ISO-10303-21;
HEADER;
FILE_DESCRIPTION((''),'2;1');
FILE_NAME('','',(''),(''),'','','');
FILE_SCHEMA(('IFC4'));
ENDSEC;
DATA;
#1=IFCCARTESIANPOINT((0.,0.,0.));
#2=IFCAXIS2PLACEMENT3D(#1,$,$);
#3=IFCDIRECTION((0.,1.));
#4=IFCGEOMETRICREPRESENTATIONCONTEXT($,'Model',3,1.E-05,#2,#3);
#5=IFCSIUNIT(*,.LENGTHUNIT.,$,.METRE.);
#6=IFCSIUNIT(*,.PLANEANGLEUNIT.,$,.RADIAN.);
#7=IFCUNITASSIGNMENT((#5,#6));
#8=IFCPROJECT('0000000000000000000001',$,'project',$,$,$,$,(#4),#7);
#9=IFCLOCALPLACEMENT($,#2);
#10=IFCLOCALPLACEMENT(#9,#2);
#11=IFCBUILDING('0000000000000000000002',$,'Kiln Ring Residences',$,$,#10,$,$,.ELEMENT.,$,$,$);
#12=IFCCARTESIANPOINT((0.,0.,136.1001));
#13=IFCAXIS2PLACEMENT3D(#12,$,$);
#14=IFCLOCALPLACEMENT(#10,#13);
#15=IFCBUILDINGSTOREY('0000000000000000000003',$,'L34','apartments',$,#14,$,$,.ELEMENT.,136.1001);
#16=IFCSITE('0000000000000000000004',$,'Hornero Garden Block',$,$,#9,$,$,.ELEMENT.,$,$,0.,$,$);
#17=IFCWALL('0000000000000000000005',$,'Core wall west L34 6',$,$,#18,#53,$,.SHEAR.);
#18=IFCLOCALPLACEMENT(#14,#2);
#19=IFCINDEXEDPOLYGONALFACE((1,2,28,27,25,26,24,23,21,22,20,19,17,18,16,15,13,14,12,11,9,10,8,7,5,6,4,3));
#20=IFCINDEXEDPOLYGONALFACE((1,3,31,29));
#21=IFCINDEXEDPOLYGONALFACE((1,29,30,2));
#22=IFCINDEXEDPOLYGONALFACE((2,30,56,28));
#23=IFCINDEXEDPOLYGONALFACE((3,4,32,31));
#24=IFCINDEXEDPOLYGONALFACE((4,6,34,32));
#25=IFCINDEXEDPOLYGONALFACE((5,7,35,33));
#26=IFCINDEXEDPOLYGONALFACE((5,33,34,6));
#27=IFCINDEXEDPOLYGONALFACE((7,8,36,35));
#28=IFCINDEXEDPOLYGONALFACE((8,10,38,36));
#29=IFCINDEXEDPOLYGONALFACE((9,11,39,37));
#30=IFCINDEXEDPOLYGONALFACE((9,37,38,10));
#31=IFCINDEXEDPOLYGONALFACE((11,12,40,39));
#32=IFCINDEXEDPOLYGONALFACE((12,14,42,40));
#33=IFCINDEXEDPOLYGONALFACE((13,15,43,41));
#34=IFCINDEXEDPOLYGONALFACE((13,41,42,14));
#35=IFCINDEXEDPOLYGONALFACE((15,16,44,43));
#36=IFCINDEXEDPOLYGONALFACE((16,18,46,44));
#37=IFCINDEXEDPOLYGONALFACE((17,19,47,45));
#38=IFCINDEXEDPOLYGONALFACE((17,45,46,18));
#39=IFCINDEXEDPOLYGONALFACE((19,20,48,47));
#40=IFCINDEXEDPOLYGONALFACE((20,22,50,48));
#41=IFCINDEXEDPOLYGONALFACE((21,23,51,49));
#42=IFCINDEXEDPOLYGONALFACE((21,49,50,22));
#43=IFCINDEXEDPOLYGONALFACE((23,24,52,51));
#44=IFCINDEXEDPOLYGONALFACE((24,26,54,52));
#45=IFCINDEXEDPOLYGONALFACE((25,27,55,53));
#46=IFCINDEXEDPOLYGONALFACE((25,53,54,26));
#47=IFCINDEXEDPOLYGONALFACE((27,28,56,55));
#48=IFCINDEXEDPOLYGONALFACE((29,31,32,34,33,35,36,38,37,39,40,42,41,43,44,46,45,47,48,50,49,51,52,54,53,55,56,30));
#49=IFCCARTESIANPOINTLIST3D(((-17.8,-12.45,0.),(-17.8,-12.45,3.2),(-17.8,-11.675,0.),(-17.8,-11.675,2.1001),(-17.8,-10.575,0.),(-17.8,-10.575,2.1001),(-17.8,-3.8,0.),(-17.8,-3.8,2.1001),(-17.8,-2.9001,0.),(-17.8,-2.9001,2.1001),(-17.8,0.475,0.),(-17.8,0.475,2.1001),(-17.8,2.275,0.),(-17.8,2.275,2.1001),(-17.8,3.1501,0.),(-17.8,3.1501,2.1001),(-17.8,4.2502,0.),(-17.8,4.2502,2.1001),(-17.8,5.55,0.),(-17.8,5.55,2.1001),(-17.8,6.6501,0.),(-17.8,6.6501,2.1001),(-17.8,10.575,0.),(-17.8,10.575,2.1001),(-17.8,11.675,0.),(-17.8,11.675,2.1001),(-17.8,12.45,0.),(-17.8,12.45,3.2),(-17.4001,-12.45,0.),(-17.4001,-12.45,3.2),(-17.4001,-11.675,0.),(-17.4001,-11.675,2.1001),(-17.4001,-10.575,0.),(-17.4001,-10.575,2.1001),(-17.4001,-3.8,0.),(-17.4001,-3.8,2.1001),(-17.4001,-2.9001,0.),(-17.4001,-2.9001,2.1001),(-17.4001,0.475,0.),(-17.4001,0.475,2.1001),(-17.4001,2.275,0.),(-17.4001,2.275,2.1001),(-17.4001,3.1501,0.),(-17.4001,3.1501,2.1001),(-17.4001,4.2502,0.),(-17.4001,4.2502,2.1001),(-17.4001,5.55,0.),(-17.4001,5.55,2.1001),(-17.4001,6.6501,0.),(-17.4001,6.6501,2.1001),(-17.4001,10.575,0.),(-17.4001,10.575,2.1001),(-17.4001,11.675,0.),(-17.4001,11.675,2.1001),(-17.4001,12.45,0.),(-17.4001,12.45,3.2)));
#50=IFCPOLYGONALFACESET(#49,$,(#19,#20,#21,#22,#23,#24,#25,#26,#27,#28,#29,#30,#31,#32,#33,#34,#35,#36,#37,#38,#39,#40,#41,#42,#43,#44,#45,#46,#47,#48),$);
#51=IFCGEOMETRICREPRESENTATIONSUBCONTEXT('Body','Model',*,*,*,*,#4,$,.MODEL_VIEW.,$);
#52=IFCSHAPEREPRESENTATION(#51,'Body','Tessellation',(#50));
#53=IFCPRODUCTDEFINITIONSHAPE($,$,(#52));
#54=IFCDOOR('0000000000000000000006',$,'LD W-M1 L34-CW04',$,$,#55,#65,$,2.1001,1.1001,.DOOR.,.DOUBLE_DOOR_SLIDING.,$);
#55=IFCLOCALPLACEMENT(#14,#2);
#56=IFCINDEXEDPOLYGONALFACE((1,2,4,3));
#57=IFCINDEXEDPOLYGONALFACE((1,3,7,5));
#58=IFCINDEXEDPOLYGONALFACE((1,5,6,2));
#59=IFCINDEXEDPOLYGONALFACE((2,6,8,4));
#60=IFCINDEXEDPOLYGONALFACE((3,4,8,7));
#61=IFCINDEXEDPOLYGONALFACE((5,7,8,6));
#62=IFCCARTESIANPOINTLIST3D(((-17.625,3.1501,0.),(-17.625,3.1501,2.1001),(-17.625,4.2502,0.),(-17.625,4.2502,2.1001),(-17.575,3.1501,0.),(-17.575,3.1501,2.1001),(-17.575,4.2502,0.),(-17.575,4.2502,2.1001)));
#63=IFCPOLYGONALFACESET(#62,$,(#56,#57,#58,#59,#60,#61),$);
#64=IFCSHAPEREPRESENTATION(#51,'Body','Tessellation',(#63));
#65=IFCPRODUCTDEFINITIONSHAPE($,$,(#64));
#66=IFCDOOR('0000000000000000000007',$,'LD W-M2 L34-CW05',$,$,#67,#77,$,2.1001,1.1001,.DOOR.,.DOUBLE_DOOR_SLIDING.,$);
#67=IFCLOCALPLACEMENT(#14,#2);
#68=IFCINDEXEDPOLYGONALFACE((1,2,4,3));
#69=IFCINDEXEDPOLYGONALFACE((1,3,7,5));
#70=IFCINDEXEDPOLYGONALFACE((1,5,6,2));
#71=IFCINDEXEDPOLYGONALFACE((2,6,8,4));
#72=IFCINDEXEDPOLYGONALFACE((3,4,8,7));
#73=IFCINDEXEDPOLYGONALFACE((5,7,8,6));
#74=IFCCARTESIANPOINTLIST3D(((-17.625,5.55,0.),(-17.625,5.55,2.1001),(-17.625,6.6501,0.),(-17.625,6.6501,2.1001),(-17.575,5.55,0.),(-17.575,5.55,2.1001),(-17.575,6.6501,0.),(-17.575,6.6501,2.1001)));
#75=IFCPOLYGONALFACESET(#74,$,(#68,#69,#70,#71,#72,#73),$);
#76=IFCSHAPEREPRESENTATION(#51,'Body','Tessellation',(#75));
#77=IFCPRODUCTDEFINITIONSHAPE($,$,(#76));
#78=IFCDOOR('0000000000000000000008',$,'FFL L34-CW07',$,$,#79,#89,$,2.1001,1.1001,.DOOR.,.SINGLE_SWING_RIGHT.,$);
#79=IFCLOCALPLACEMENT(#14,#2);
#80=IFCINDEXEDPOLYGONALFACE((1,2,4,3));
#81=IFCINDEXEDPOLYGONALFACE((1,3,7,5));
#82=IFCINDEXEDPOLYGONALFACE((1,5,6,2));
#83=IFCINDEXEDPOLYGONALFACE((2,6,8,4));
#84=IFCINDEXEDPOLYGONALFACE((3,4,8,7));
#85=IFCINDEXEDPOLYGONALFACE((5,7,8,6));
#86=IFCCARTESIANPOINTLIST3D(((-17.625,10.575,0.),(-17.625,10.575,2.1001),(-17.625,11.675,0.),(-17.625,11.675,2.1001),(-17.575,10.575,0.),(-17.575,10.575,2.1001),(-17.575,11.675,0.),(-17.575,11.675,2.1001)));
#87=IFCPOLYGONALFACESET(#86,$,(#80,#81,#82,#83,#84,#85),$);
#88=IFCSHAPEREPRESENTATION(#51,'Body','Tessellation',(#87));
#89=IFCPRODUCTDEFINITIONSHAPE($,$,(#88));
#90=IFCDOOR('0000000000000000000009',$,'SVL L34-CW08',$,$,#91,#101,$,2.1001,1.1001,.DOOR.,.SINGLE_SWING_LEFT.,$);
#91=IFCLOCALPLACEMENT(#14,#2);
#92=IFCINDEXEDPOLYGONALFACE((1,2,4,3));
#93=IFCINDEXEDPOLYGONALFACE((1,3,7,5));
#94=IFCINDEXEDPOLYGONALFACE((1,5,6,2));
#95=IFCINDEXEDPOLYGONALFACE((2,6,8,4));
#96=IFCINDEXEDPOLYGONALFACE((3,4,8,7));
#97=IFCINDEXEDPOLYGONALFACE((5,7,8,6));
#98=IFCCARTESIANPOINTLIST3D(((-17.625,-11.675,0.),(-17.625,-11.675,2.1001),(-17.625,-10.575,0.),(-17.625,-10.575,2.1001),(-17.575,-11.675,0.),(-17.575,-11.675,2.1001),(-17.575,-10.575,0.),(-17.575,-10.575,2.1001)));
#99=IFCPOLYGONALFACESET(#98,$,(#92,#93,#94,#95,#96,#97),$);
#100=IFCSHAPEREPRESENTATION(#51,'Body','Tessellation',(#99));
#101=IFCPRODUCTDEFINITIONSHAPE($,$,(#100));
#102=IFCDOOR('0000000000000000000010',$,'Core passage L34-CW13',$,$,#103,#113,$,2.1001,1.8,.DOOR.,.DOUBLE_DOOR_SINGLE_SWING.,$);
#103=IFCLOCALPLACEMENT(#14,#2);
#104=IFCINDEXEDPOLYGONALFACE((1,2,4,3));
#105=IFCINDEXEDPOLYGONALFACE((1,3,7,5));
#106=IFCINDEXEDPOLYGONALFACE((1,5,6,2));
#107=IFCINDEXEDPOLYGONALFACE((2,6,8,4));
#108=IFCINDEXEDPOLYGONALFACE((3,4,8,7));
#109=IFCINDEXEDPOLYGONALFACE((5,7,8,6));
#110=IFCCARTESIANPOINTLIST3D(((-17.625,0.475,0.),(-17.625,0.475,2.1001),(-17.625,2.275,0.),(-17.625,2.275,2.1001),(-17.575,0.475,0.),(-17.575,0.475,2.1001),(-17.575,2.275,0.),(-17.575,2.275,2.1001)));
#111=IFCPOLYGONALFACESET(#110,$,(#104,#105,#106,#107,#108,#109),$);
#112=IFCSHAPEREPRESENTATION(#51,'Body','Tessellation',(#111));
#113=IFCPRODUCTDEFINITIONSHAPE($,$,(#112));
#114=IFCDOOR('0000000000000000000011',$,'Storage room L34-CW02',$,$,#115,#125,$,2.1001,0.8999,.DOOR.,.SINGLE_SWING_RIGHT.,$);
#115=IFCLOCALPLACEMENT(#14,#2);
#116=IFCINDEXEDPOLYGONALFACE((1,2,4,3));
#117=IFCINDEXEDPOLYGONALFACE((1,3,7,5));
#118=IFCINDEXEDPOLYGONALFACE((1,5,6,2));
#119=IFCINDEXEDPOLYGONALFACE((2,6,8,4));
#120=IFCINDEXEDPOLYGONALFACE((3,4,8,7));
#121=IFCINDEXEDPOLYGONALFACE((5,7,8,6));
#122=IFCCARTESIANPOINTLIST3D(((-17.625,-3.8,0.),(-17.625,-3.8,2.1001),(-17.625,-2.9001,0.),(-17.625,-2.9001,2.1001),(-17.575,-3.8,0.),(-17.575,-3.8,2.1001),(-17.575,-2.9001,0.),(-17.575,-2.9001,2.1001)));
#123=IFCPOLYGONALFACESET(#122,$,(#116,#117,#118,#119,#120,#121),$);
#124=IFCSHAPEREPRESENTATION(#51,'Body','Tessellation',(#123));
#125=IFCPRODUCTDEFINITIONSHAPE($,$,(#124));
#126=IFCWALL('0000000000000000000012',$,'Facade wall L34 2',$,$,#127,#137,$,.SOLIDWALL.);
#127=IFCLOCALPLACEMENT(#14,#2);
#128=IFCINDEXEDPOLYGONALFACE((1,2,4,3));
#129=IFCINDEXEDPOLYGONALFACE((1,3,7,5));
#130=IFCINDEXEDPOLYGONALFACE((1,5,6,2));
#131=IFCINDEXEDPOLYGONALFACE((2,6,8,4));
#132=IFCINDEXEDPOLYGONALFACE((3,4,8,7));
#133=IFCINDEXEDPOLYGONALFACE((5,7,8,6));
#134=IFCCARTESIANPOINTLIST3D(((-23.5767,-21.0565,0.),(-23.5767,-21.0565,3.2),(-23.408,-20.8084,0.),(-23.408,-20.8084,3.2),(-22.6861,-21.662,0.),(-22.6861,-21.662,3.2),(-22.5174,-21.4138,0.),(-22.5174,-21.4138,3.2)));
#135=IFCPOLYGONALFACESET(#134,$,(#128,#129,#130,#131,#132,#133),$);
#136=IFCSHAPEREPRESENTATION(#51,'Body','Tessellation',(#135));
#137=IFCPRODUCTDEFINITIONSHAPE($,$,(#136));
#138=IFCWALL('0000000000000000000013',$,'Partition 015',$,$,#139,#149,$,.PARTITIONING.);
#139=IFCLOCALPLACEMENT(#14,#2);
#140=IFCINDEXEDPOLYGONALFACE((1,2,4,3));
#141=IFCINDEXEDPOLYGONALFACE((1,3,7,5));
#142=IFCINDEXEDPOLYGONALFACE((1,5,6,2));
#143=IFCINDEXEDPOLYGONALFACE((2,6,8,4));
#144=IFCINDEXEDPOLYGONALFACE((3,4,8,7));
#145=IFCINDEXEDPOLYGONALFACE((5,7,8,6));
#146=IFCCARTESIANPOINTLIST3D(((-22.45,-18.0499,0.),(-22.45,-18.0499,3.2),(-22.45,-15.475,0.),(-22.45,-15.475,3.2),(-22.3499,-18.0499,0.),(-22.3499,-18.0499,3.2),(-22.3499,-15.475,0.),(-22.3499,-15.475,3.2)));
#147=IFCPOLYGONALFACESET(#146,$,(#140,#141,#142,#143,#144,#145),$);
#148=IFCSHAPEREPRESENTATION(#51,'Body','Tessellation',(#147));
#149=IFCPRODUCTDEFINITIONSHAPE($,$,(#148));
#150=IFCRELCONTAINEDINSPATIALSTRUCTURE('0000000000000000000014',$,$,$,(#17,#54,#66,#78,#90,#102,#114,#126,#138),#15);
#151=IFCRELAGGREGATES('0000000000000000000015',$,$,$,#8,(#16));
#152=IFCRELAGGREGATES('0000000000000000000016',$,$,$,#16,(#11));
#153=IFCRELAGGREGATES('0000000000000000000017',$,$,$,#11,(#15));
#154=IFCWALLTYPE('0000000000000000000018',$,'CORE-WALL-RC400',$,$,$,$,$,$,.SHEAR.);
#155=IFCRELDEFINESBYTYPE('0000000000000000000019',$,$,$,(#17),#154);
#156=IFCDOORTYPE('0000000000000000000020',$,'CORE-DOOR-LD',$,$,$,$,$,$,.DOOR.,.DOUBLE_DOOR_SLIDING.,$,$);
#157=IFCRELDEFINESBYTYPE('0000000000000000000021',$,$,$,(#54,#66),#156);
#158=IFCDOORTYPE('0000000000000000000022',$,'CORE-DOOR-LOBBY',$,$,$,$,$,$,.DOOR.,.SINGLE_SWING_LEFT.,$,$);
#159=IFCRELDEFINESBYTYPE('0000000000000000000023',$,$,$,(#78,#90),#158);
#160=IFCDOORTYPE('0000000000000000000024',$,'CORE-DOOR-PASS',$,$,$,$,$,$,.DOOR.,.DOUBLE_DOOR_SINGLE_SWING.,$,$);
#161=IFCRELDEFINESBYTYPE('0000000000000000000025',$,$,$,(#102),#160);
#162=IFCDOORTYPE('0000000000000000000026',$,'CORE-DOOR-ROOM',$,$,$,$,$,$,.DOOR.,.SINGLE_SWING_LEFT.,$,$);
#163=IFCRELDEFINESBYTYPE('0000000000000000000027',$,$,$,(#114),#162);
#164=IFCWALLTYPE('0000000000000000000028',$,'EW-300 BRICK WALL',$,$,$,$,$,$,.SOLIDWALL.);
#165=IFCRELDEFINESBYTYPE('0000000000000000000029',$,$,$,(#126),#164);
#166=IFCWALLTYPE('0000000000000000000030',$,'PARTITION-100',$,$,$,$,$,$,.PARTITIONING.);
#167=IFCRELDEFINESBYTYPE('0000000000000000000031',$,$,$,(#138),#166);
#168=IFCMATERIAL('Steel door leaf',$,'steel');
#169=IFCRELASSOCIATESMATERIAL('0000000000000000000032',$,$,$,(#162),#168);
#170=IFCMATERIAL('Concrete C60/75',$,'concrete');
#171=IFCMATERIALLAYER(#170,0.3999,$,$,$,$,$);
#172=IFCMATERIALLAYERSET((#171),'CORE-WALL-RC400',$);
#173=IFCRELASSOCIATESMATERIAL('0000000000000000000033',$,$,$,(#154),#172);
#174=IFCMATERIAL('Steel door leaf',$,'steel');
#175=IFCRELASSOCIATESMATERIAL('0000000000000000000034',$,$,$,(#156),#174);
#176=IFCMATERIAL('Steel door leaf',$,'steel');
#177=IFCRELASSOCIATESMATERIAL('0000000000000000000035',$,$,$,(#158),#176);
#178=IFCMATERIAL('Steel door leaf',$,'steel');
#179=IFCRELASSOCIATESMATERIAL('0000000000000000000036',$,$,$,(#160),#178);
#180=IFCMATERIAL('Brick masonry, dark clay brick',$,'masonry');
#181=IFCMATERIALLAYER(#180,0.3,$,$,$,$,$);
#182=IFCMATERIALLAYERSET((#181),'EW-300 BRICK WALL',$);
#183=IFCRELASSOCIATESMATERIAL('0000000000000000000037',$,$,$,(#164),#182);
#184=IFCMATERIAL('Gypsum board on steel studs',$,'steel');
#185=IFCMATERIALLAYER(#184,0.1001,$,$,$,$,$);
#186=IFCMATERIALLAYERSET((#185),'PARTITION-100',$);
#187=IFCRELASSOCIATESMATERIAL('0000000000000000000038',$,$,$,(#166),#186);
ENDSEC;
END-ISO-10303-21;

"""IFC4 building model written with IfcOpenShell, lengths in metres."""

from ifc_helpers import new_model, si_unit, direction, frame, frame_2d, origin, place, context, subcontext, project, spatial, rectangle, extrude, material, layer, layer_set, type_object, element, fill, save


model = new_model("IFC4")

# Units and contexts
model_context = context("Model", 3, precision=1e-05, world=origin(), true_north=direction((0.0, 1.0)))
body_context = subcontext(model_context, "Body", "Model", "MODEL_VIEW")
ifc_project = project(units=[si_unit("LENGTHUNIT", "METRE"), si_unit("PLANEANGLEUNIT", "RADIAN")], contexts=[model_context])

# Site, building, storey
site_placement = place(None, origin())
site = spatial("IfcSite", under=ifc_project, at=site_placement, Name="Hornero Garden Block", CompositionType="ELEMENT", RefElevation=0.0)
building_placement = place(site_placement, origin())
building = spatial("IfcBuilding", under=site, at=building_placement, Name="Kiln Ring Residences", CompositionType="ELEMENT")
storey_placement = place(building_placement, frame((0.0, 0.0, 136.1001)))
storey = spatial("IfcBuildingStorey", under=building, at=storey_placement, Name="L34", Description="apartments", CompositionType="ELEMENT", Elevation=136.1001)

# Shared definitions
ifc_material_1 = material(Name="Steel door leaf", Category="steel")
door_type_1 = type_object("IfcDoorType", Name="CORE-DOOR-ROOM", OperationType="SINGLE_SWING_LEFT", PredefinedType="DOOR", material=ifc_material_1)

# Wall, openings, doors
ifc_material_2 = material(Name="Concrete C60/75", Category="concrete")
ifc_layer_1 = layer(ifc_material_2, 0.3999)
ifc_layer_set_1 = layer_set([ifc_layer_1], Name="CORE-WALL-RC400")
wall_type_1 = type_object("IfcWallType", Name="CORE-WALL-RC400", PredefinedType="SHEAR", material=ifc_layer_set_1)
wall_1_placement = place(storey_placement, frame((-17.6001, -12.45, 0.0), z_axis=(0.0, 0.0, 1.0), x_axis=(0.0, 1.0, 0.0)))
wall_1 = element("IfcWall", 1, at=wall_1_placement, inside=storey, type_object=wall_type_1, Name="Core wall west L34 6", PredefinedType="SHEAR", context=body_context, shape_type="SweptSolid", body=[
    extrude(rectangle(XDim=24.8999, YDim=0.3999, at=frame_2d((12.45, 0.0))), origin(), (0.0, 0.0, 1.0), 3.2),
])
opening_1_placement = place(wall_1_placement, frame((8.6499, 0.0, 0.0)))
opening_1 = element("IfcOpeningElement", 2, at=opening_1_placement, cuts=wall_1, PredefinedType="OPENING", context=body_context, shape_type="SweptSolid", body=[
    extrude(rectangle(XDim=0.8999, YDim=2.1001, at=frame_2d((0.45, 1.05))), frame((0.0, 0.21, 0.0), z_axis=(0.0, -1.0, 0.0), x_axis=(1.0, 0.0, 0.0)), (0.0, 0.0, 1.0), 0.4199),
])
opening_2_placement = place(wall_1_placement, frame((15.6001, 0.0, 0.0)))
opening_2 = element("IfcOpeningElement", 3, at=opening_2_placement, cuts=wall_1, PredefinedType="OPENING", context=body_context, shape_type="SweptSolid", body=[
    extrude(rectangle(XDim=1.1001, YDim=2.1001, at=frame_2d((0.55, 1.05))), frame((0.0, 0.21, 0.0), z_axis=(0.0, -1.0, 0.0), x_axis=(1.0, 0.0, 0.0)), (0.0, 0.0, 1.0), 0.4199),
])
opening_3_placement = place(wall_1_placement, frame((18.0, 0.0, 0.0)))
opening_3 = element("IfcOpeningElement", 4, at=opening_3_placement, cuts=wall_1, PredefinedType="OPENING", context=body_context, shape_type="SweptSolid", body=[
    extrude(rectangle(XDim=1.1001, YDim=2.1001, at=frame_2d((0.55, 1.05))), frame((0.0, 0.21, 0.0), z_axis=(0.0, -1.0, 0.0), x_axis=(1.0, 0.0, 0.0)), (0.0, 0.0, 1.0), 0.4199),
])
opening_4_placement = place(wall_1_placement, frame((23.0249, 0.0, 0.0)))
opening_4 = element("IfcOpeningElement", 5, at=opening_4_placement, cuts=wall_1, PredefinedType="OPENING", context=body_context, shape_type="SweptSolid", body=[
    extrude(rectangle(XDim=1.1001, YDim=2.1001, at=frame_2d((0.55, 1.05))), frame((0.0, 0.21, 0.0), z_axis=(0.0, -1.0, 0.0), x_axis=(1.0, 0.0, 0.0)), (0.0, 0.0, 1.0), 0.4199),
])
opening_5_placement = place(wall_1_placement, frame((0.7749, 0.0, 0.0)))
opening_5 = element("IfcOpeningElement", 6, at=opening_5_placement, cuts=wall_1, PredefinedType="OPENING", context=body_context, shape_type="SweptSolid", body=[
    extrude(rectangle(XDim=1.1001, YDim=2.1001, at=frame_2d((0.55, 1.05))), frame((0.0, 0.21, 0.0), z_axis=(0.0, -1.0, 0.0), x_axis=(1.0, 0.0, 0.0)), (0.0, 0.0, 1.0), 0.4199),
])
opening_6_placement = place(wall_1_placement, frame((12.925, 0.0, 0.0)))
opening_6 = element("IfcOpeningElement", 7, at=opening_6_placement, cuts=wall_1, PredefinedType="OPENING", context=body_context, shape_type="SweptSolid", body=[
    extrude(rectangle(XDim=1.8, YDim=2.1001, at=frame_2d((0.8999, 1.05))), frame((0.0, 0.21, 0.0), z_axis=(0.0, -1.0, 0.0), x_axis=(1.0, 0.0, 0.0)), (0.0, 0.0, 1.0), 0.4199),
])
ifc_material_3 = material(Name="Steel door leaf", Category="steel")
door_type_2 = type_object("IfcDoorType", Name="CORE-DOOR-LD", OperationType="DOUBLE_DOOR_SLIDING", PredefinedType="DOOR", material=ifc_material_3)
door_1_placement = place(opening_2_placement, origin())
door_1 = element("IfcDoor", 8, at=door_1_placement, inside=storey, type_object=door_type_2, Name="LD W-M1 L34-CW04", OperationType="DOUBLE_DOOR_SLIDING", OverallHeight=2.1001, OverallWidth=1.1001, PredefinedType="DOOR", context=body_context, shape_type="SweptSolid", body=[
    extrude(rectangle(XDim=1.1001, YDim=2.1001, at=frame_2d((0.55, 1.05))), frame((0.0, 0.0249, 0.0), z_axis=(0.0, -1.0, 0.0), x_axis=(1.0, 0.0, 0.0)), (0.0, 0.0, 1.0), 0.05),
])
fill(opening_2, door_1)
door_2_placement = place(opening_3_placement, origin())
door_2 = element("IfcDoor", 9, at=door_2_placement, inside=storey, type_object=door_type_2, Name="LD W-M2 L34-CW05", OperationType="DOUBLE_DOOR_SLIDING", OverallHeight=2.1001, OverallWidth=1.1001, PredefinedType="DOOR", context=body_context, shape_type="SweptSolid", body=[
    extrude(rectangle(XDim=1.1001, YDim=2.1001, at=frame_2d((0.55, 1.05))), frame((0.0, 0.0249, 0.0), z_axis=(0.0, -1.0, 0.0), x_axis=(1.0, 0.0, 0.0)), (0.0, 0.0, 1.0), 0.05),
])
fill(opening_3, door_2)
ifc_material_4 = material(Name="Steel door leaf", Category="steel")
door_type_3 = type_object("IfcDoorType", Name="CORE-DOOR-LOBBY", OperationType="SINGLE_SWING_LEFT", PredefinedType="DOOR", material=ifc_material_4)
door_3_placement = place(opening_4_placement, origin())
door_3 = element("IfcDoor", 10, at=door_3_placement, inside=storey, type_object=door_type_3, Name="FFL L34-CW07", OperationType="SINGLE_SWING_RIGHT", OverallHeight=2.1001, OverallWidth=1.1001, PredefinedType="DOOR", context=body_context, shape_type="SweptSolid", body=[
    extrude(rectangle(XDim=1.1001, YDim=2.1001, at=frame_2d((0.55, 1.05))), frame((0.0, 0.0249, 0.0), z_axis=(0.0, -1.0, 0.0), x_axis=(1.0, 0.0, 0.0)), (0.0, 0.0, 1.0), 0.05),
])
fill(opening_4, door_3)
door_4_placement = place(opening_5_placement, origin())
door_4 = element("IfcDoor", 11, at=door_4_placement, inside=storey, type_object=door_type_3, Name="SVL L34-CW08", OperationType="SINGLE_SWING_LEFT", OverallHeight=2.1001, OverallWidth=1.1001, PredefinedType="DOOR", context=body_context, shape_type="SweptSolid", body=[
    extrude(rectangle(XDim=1.1001, YDim=2.1001, at=frame_2d((0.55, 1.05))), frame((0.0, 0.0249, 0.0), z_axis=(0.0, -1.0, 0.0), x_axis=(1.0, 0.0, 0.0)), (0.0, 0.0, 1.0), 0.05),
])
fill(opening_5, door_4)
ifc_material_5 = material(Name="Steel door leaf", Category="steel")
door_type_4 = type_object("IfcDoorType", Name="CORE-DOOR-PASS", OperationType="DOUBLE_DOOR_SINGLE_SWING", PredefinedType="DOOR", material=ifc_material_5)
door_5_placement = place(opening_6_placement, origin())
door_5 = element("IfcDoor", 12, at=door_5_placement, inside=storey, type_object=door_type_4, Name="Core passage L34-CW13", OperationType="DOUBLE_DOOR_SINGLE_SWING", OverallHeight=2.1001, OverallWidth=1.8, PredefinedType="DOOR", context=body_context, shape_type="SweptSolid", body=[
    extrude(rectangle(XDim=1.8, YDim=2.1001, at=frame_2d((0.8999, 1.05))), frame((0.0, 0.0249, 0.0), z_axis=(0.0, -1.0, 0.0), x_axis=(1.0, 0.0, 0.0)), (0.0, 0.0, 1.0), 0.05),
])
fill(opening_6, door_5)
door_6_placement = place(opening_1_placement, origin())
door_6 = element("IfcDoor", 13, at=door_6_placement, inside=storey, type_object=door_type_1, Name="Storage room L34-CW02", OperationType="SINGLE_SWING_RIGHT", OverallHeight=2.1001, OverallWidth=0.8999, PredefinedType="DOOR", context=body_context, shape_type="SweptSolid", body=[
    extrude(rectangle(XDim=0.8999, YDim=2.1001, at=frame_2d((0.45, 1.05))), frame((0.0, 0.0249, 0.0), z_axis=(0.0, -1.0, 0.0), x_axis=(1.0, 0.0, 0.0)), (0.0, 0.0, 1.0), 0.05),
])
fill(opening_1, door_6)

# Walls
ifc_material_6 = material(Name="Brick masonry, dark clay brick", Category="masonry")
ifc_layer_2 = layer(ifc_material_6, 0.3)
ifc_layer_set_2 = layer_set([ifc_layer_2], Name="EW-300 BRICK WALL")
wall_type_2 = type_object("IfcWallType", Name="EW-300 BRICK WALL", PredefinedType="SOLIDWALL", material=ifc_layer_set_2)
wall_2_placement = place(storey_placement, frame((-23.4924, -20.9324, 0.0), z_axis=(0.0, 0.0, 1.0), x_axis=(0.826994, -0.562211, 0.0)))
element("IfcWall", 14, at=wall_2_placement, inside=storey, type_object=wall_type_2, Name="Facade wall L34 2", PredefinedType="SOLIDWALL", context=body_context, shape_type="SweptSolid", body=[
    extrude(rectangle(XDim=1.0769, YDim=0.3, at=frame_2d((0.5386, 0.0))), origin(), (0.0, 0.0, 1.0), 3.2),
])
ifc_material_7 = material(Name="Gypsum board on steel studs", Category="steel")
ifc_layer_3 = layer(ifc_material_7, 0.1001)
ifc_layer_set_3 = layer_set([ifc_layer_3], Name="PARTITION-100")
wall_type_3 = type_object("IfcWallType", Name="PARTITION-100", PredefinedType="PARTITIONING", material=ifc_layer_set_3)
wall_3_placement = place(storey_placement, frame((-22.3999, -18.05, 0.0), z_axis=(0.0, 0.0, 1.0), x_axis=(0.0, 1.0, 0.0)))
element("IfcWall", 15, at=wall_3_placement, inside=storey, type_object=wall_type_3, Name="Partition 015", PredefinedType="PARTITIONING", context=body_context, shape_type="SweptSolid", body=[
    extrude(rectangle(XDim=2.575, YDim=0.1001, at=frame_2d((1.2876, 0.0))), origin(), (0.0, 0.0, 1.0), 3.2),
])

save(model, "model.ifc")
